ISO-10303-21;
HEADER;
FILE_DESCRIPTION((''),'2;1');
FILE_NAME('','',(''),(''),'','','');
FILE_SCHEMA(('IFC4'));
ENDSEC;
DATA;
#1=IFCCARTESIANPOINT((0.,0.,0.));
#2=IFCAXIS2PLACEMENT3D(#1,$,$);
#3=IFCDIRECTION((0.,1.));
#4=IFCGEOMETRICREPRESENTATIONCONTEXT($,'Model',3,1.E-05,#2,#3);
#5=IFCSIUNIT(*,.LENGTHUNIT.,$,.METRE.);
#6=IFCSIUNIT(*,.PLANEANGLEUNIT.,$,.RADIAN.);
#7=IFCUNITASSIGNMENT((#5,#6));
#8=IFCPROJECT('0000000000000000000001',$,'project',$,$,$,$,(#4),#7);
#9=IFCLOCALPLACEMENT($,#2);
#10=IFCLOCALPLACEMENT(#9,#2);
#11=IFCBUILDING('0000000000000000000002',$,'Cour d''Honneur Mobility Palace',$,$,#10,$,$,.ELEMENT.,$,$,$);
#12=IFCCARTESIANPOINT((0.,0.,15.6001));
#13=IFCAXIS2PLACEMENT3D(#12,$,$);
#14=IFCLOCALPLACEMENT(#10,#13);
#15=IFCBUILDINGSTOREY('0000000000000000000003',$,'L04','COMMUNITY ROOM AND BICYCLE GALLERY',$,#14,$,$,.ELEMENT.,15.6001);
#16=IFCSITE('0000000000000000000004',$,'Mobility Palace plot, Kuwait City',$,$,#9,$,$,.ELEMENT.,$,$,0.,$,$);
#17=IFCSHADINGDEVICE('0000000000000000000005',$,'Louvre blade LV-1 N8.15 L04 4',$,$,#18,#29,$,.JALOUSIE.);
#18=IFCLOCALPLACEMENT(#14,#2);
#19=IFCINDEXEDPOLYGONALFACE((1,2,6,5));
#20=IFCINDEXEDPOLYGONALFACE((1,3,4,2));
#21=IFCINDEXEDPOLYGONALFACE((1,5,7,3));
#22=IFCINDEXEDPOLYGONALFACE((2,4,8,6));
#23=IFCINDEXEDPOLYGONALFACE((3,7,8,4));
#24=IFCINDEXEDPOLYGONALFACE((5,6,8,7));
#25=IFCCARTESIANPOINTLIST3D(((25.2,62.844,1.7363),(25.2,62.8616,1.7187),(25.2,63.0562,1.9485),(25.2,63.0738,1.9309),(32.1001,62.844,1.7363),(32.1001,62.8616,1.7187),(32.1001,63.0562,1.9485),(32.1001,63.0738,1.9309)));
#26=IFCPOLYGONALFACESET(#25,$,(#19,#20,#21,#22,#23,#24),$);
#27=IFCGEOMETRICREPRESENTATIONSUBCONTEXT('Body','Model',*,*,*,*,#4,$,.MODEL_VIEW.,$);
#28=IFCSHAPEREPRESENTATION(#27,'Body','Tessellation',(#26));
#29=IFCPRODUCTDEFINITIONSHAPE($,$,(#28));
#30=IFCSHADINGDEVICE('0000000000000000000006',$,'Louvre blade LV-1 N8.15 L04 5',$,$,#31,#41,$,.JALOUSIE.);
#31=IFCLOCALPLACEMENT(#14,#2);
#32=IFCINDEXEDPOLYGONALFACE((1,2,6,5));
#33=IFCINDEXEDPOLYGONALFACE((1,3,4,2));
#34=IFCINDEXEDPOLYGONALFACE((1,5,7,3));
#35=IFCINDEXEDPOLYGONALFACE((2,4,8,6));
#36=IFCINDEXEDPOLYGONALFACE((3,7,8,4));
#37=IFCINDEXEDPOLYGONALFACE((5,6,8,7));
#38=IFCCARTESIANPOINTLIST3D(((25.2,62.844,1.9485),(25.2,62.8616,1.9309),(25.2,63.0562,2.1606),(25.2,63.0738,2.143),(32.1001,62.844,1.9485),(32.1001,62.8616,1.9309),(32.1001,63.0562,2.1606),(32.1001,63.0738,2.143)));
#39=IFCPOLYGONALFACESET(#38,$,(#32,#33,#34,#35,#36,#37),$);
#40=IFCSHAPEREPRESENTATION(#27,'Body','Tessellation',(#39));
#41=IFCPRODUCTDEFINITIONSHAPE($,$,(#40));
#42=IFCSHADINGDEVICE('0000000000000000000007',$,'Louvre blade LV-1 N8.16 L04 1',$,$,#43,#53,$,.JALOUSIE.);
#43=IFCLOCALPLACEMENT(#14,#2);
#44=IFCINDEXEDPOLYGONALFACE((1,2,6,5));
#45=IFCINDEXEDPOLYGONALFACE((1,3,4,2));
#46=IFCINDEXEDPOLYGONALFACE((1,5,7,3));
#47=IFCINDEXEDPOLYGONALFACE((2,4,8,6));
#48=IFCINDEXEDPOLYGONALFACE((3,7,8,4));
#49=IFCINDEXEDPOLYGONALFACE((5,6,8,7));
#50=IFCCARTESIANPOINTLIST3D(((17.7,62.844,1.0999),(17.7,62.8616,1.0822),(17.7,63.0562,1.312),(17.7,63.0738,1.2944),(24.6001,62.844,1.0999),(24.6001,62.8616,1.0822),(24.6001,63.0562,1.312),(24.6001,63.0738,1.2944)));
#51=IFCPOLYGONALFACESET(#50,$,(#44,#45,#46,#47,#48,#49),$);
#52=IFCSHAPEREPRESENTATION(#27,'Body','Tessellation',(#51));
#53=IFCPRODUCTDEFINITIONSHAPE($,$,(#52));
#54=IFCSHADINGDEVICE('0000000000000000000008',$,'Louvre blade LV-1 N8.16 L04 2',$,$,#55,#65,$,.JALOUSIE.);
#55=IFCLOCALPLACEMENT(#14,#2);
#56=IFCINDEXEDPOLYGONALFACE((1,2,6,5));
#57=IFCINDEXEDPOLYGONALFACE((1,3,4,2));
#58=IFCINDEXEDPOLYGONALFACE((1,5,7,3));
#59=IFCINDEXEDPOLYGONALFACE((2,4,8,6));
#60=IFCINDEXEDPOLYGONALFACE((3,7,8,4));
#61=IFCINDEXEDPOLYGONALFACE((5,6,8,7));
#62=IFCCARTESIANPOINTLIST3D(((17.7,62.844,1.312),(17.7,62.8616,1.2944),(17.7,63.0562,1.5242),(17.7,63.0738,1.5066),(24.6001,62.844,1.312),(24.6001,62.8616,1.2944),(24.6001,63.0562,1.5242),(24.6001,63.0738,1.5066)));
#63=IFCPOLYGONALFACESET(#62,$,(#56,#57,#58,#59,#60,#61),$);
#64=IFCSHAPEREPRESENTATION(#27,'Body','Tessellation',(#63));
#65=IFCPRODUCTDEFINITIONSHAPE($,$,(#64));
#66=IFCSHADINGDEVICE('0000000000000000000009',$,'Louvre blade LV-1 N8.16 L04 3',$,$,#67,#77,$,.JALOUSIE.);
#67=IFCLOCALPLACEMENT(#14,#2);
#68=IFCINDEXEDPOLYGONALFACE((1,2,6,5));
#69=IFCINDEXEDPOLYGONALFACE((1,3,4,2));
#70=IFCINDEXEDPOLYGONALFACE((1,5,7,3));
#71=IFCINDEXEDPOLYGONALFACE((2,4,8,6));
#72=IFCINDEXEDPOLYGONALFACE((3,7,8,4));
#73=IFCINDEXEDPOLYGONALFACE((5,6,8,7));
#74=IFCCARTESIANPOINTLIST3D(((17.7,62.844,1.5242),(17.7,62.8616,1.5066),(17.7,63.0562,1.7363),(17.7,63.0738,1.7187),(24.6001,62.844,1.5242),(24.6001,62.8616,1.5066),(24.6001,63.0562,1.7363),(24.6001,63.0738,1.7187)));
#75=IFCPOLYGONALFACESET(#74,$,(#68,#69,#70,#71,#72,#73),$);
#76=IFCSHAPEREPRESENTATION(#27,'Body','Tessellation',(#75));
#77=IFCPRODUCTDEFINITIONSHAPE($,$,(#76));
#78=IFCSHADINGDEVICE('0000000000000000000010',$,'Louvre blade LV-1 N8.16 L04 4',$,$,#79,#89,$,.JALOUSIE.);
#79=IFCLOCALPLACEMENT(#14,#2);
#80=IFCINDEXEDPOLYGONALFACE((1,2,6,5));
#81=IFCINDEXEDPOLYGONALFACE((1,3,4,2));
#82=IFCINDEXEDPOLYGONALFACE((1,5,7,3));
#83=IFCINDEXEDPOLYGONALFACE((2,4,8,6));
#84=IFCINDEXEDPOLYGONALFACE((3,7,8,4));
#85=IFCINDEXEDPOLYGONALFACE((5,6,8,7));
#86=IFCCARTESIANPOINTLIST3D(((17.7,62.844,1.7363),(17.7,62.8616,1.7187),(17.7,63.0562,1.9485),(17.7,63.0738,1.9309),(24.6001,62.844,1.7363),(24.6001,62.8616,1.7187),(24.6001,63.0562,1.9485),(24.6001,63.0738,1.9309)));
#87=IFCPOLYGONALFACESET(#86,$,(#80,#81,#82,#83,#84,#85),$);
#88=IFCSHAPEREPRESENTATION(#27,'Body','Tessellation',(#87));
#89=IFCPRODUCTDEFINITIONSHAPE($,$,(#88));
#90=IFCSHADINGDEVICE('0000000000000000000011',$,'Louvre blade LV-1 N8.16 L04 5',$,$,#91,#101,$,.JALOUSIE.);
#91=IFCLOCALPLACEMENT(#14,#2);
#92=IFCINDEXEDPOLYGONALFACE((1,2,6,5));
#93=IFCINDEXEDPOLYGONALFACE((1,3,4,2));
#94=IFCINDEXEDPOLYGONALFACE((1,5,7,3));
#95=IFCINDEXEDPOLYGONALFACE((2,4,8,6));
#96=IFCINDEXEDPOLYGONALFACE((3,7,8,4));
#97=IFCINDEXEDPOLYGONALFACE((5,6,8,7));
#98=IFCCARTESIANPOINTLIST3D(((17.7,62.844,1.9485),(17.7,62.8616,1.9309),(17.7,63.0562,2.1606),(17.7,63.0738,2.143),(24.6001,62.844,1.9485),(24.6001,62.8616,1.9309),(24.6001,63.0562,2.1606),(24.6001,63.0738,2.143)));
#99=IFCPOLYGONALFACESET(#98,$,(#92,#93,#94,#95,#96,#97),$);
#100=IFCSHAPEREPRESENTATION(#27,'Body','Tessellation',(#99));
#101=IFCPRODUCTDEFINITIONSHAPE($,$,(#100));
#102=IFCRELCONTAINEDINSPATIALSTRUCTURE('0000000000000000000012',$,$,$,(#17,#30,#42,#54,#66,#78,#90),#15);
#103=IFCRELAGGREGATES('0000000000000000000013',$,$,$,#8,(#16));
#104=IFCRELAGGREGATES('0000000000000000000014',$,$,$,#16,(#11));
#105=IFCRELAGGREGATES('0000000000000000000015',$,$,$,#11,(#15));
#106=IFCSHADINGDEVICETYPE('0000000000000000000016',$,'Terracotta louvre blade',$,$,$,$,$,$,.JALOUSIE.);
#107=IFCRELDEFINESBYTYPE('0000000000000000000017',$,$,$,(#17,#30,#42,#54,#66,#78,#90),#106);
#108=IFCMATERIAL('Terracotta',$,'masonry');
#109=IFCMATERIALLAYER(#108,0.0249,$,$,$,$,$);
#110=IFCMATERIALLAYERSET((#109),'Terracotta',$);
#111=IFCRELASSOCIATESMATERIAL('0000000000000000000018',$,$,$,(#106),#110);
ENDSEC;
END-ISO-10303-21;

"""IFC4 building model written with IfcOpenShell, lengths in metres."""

from ifc_helpers import new_model, si_unit, direction, frame, origin, place, context, subcontext, project, spatial, polyline, outline, extrude, material, layer, layer_set, type_object, element, save


model = new_model("IFC4")

# Units and contexts
model_context = context("Model", 3, precision=1e-05, world=origin(), true_north=direction((0.0, 1.0)))
body_context = subcontext(model_context, "Body", "Model", "MODEL_VIEW")
ifc_project = project(units=[si_unit("LENGTHUNIT", "METRE"), si_unit("PLANEANGLEUNIT", "RADIAN")], contexts=[model_context])

# Site, building, storey
site_placement = place(None, origin())
site = spatial("IfcSite", under=ifc_project, at=site_placement, Name="Mobility Palace plot, Kuwait City", CompositionType="ELEMENT", RefElevation=0.0)
building_placement = place(site_placement, origin())
building = spatial("IfcBuilding", under=site, at=building_placement, Name="Cour d'Honneur Mobility Palace", CompositionType="ELEMENT")
storey_placement = place(building_placement, frame((0.0, 0.0, 15.6001)))
storey = spatial("IfcBuildingStorey", under=building, at=storey_placement, Name="L04", Description="COMMUNITY ROOM AND BICYCLE GALLERY", CompositionType="ELEMENT", Elevation=15.6001)

# Shading devices
ifc_material_1 = material(Name="Terracotta", Category="masonry")
ifc_layer_1 = layer(ifc_material_1, 0.0249)
ifc_layer_set_1 = layer_set([ifc_layer_1], Name="Terracotta")
shading_device_type = type_object("IfcShadingDeviceType", Name="Terracotta louvre blade", PredefinedType="JALOUSIE", material=ifc_layer_set_1)
for number, where, z_axis, x_axis, name in (
    (1, (32.1001, 62.844, 1.7363), (0.0, -0.707107, 0.707107), (-1.0, 0.0, 0.0), "Louvre blade LV-1 N8.15 L04 4"),
    (2, (32.1001, 62.844, 1.9485), (0.0, -0.707107, 0.707107), (-1.0, 0.0, 0.0), "Louvre blade LV-1 N8.15 L04 5"),
    (3, (24.6001, 62.844, 1.0999), (0.0, -0.707107, 0.707107), (-1.0, 0.0, 0.0), "Louvre blade LV-1 N8.16 L04 1"),
    (4, (24.6001, 62.844, 1.312), (0.0, -0.707107, 0.707107), (-1.0, 0.0, 0.0), "Louvre blade LV-1 N8.16 L04 2"),
    (5, (24.6001, 62.844, 1.5242), (0.0, -0.707107, 0.707107), (-1.0, 0.0, 0.0), "Louvre blade LV-1 N8.16 L04 3"),
    (6, (24.6001, 62.844, 1.7363), (0.0, -0.707107, 0.707107), (-1.0, 0.0, 0.0), "Louvre blade LV-1 N8.16 L04 4"),
    (7, (24.6001, 62.844, 1.9485), (0.0, -0.707107, 0.707107), (-1.0, 0.0, 0.0), "Louvre blade LV-1 N8.16 L04 5"),
):
    element("IfcShadingDevice", number, at=place(storey_placement, frame(where, z_axis=z_axis, x_axis=x_axis)), inside=storey, type_object=shading_device_type, Name=name, PredefinedType="JALOUSIE", context=body_context, shape_type="SweptSolid", body=[
        extrude(outline(polyline([(0.0, 0.0), (6.9001, 0.0), (6.9001, -0.3), (0.0, -0.3), (0.0, 0.0)])), origin(), (0.0, 0.0, -1.0), 0.0249),
    ])

save(model, "model.ifc")
